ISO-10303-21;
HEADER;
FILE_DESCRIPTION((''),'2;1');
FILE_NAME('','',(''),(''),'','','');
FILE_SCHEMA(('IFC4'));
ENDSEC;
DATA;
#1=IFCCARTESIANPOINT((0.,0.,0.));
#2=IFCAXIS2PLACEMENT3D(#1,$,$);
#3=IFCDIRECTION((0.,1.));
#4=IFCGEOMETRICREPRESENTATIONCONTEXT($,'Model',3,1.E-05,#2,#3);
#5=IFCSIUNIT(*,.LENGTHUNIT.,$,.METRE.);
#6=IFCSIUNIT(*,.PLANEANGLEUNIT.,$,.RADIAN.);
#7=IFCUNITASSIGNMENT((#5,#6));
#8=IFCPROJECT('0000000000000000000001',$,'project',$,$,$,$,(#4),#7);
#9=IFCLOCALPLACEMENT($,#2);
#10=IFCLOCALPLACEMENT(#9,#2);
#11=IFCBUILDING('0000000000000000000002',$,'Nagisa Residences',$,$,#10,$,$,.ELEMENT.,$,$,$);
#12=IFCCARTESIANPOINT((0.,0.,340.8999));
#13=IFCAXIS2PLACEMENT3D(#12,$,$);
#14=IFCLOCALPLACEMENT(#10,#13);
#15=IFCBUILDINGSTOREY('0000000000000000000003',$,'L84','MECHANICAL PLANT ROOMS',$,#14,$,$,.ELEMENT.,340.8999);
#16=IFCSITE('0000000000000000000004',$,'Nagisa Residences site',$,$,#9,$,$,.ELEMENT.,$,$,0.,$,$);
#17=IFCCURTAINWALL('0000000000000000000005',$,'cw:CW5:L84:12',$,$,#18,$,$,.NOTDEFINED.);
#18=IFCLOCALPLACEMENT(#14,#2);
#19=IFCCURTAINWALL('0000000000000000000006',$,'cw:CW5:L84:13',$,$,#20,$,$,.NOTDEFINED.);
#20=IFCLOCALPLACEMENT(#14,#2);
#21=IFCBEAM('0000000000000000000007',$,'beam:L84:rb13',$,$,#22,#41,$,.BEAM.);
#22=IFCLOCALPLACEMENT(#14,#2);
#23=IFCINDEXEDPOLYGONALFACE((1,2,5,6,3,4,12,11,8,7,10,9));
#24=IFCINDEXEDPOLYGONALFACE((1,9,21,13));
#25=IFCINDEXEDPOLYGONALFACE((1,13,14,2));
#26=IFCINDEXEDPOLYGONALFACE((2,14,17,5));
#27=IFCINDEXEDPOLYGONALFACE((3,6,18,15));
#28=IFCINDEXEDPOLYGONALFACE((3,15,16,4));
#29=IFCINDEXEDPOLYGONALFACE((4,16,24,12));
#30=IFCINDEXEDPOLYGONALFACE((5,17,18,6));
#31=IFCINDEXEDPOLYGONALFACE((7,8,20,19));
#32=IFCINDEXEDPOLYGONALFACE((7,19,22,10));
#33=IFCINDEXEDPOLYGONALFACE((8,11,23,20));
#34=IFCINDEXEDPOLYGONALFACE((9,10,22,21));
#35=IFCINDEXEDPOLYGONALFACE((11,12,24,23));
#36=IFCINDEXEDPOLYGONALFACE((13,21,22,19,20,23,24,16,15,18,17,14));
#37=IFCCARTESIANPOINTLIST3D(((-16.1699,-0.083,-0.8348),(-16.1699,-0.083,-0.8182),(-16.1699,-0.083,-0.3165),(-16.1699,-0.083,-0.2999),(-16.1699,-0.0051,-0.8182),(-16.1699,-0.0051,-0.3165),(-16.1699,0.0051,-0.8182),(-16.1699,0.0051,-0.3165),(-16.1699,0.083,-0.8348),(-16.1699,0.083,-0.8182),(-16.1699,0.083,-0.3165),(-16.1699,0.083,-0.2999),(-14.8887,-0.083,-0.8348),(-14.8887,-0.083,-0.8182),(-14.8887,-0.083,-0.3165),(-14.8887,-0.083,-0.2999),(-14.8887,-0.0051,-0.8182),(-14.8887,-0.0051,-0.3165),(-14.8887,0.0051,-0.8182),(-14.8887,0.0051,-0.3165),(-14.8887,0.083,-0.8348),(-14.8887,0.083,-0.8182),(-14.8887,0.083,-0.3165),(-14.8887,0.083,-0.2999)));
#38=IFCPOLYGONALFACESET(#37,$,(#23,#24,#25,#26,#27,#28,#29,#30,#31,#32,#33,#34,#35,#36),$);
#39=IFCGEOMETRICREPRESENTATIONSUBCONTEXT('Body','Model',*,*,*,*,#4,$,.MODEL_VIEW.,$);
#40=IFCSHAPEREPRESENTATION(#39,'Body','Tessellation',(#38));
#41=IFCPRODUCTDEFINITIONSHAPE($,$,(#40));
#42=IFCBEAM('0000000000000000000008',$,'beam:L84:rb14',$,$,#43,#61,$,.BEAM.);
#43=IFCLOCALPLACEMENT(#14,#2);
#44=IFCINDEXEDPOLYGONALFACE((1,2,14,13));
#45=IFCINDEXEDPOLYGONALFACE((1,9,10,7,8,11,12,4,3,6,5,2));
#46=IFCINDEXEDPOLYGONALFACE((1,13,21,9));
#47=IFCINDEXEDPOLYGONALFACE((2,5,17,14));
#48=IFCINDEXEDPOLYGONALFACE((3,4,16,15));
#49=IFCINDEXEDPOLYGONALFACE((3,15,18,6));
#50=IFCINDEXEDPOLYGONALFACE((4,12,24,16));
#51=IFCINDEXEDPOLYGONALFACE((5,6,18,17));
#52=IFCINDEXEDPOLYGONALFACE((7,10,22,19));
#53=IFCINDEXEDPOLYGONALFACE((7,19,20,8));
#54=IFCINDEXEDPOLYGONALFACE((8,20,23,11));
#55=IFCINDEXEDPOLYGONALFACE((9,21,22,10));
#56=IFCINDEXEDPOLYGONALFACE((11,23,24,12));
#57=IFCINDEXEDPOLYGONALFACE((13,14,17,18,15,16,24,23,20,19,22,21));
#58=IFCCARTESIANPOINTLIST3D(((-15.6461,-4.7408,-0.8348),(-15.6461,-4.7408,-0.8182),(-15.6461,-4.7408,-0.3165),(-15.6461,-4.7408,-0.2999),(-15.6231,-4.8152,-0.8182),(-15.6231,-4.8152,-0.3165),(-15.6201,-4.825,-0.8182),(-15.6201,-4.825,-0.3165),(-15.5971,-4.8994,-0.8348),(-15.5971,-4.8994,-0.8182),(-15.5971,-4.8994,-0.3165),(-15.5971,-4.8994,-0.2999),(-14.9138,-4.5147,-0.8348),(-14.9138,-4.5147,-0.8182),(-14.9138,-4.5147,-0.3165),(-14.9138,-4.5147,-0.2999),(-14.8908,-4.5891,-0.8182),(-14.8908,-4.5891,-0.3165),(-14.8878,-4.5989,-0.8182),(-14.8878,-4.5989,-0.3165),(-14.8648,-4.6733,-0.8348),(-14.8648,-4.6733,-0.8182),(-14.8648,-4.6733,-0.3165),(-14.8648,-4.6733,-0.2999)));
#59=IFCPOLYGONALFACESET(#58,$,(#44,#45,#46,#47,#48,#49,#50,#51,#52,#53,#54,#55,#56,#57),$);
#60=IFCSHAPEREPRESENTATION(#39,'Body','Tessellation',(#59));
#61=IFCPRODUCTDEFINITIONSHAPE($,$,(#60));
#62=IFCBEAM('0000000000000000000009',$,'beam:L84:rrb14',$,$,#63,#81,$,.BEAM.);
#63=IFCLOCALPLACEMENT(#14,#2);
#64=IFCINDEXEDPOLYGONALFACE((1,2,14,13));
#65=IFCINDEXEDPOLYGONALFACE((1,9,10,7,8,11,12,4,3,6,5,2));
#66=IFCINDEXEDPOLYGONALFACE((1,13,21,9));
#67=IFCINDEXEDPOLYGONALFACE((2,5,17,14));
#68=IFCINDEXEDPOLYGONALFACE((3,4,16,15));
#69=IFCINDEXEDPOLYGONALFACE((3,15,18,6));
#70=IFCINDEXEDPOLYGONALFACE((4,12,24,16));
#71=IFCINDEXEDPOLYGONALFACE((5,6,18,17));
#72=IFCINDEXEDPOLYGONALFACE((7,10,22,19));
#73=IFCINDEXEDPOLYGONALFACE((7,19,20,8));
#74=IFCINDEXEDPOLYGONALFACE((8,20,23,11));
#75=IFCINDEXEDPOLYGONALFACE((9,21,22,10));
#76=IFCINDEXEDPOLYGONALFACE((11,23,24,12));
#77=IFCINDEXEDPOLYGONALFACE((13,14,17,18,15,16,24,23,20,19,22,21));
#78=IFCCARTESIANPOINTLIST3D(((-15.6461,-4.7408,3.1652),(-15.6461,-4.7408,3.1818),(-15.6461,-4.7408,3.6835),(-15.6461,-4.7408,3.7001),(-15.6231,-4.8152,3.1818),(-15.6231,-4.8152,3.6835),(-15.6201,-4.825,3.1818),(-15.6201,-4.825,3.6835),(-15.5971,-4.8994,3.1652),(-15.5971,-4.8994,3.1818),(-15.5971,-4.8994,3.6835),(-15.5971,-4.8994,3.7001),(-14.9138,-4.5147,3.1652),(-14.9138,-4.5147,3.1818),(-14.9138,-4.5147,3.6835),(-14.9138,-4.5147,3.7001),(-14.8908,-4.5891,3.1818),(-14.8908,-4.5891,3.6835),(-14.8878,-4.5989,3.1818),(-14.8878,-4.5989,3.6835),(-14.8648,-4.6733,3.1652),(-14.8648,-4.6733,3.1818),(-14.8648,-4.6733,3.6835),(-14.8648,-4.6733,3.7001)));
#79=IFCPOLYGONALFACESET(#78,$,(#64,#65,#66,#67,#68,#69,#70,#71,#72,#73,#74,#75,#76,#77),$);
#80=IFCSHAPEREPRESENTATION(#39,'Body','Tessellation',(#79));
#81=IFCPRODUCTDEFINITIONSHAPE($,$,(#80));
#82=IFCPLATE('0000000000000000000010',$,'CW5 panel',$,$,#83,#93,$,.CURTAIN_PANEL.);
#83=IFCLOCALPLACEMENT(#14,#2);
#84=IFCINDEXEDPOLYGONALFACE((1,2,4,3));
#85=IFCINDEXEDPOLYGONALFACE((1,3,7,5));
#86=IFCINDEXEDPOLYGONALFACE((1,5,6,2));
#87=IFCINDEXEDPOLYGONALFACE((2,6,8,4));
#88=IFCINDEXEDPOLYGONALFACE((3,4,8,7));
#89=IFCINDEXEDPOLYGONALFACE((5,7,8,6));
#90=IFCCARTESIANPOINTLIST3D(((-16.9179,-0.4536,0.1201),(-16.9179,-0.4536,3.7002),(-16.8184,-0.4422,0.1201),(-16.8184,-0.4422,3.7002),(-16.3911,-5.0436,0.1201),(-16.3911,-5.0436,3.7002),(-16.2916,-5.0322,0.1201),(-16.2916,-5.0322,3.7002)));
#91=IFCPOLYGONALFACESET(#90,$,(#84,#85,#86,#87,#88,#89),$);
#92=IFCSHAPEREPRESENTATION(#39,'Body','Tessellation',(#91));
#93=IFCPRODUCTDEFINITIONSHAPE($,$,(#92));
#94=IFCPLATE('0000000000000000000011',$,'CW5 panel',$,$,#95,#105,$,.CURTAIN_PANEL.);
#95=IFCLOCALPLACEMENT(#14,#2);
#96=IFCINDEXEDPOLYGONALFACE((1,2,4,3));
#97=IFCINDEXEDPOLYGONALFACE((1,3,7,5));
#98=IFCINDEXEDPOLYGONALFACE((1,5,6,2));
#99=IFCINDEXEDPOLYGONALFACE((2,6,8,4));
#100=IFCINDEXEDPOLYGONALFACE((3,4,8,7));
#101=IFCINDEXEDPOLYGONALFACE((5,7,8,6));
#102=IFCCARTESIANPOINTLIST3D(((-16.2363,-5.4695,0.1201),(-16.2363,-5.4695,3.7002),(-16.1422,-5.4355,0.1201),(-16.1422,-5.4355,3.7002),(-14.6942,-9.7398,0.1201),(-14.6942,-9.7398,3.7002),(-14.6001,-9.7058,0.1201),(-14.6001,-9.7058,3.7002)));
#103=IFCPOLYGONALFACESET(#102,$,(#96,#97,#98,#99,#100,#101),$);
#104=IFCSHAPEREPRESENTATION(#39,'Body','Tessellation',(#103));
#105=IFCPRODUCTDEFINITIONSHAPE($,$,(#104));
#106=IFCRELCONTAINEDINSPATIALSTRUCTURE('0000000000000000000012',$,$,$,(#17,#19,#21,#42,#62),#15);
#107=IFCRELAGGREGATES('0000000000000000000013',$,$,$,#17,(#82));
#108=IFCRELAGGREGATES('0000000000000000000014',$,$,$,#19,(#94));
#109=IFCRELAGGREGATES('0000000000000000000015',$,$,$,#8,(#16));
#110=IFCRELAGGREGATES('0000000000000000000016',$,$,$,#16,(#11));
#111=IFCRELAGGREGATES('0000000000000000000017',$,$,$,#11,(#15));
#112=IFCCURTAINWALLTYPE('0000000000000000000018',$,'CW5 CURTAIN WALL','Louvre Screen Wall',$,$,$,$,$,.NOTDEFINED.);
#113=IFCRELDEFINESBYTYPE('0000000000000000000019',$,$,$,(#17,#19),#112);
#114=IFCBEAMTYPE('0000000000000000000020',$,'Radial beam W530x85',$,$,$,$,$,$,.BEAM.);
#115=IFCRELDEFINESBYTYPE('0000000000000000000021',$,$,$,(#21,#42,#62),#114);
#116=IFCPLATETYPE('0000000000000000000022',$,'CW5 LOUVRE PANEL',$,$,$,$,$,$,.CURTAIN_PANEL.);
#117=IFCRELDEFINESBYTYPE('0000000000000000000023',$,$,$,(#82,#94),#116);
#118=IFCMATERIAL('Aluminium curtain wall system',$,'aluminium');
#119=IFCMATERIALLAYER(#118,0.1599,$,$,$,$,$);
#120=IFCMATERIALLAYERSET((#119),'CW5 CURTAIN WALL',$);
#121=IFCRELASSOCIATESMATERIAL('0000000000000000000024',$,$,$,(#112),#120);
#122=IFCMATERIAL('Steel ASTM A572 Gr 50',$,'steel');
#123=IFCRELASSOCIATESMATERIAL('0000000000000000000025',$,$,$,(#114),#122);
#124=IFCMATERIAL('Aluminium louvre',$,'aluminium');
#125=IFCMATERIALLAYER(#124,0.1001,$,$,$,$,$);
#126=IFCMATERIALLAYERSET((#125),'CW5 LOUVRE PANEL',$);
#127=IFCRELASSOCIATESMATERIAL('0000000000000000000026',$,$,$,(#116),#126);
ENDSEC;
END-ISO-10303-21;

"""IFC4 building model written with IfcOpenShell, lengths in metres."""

from ifc_helpers import new_model, si_unit, direction, frame, origin, origin_2d, place, context, subcontext, project, spatial, rectangle, i_section, extrude, material, layer, layer_set, material_profile, profile_set, type_object, element, aggregate, save


model = new_model("IFC4")

# Units and contexts
model_context = context("Model", 3, precision=1e-05, world=origin(), true_north=direction((0.0, 1.0)))
body_context = subcontext(model_context, "Body", "Model", "MODEL_VIEW")
ifc_project = project(units=[si_unit("LENGTHUNIT", "METRE"), si_unit("PLANEANGLEUNIT", "RADIAN")], contexts=[model_context])

# Site, building, storey
site_placement = place(None, origin())
site = spatial("IfcSite", under=ifc_project, at=site_placement, Name="Nagisa Residences site", CompositionType="ELEMENT", RefElevation=0.0)
building_placement = place(site_placement, origin())
building = spatial("IfcBuilding", under=site, at=building_placement, Name="Nagisa Residences", CompositionType="ELEMENT")
storey_placement = place(building_placement, frame((0.0, 0.0, 340.8999)))
storey = spatial("IfcBuildingStorey", under=building, at=storey_placement, Name="L84", Description="MECHANICAL PLANT ROOMS", CompositionType="ELEMENT", Elevation=340.8999)

# Curtain walls
ifc_material_1 = material(Name="Aluminium curtain wall system", Category="aluminium")
ifc_layer_1 = layer(ifc_material_1, 0.1599)
ifc_layer_set_1 = layer_set([ifc_layer_1], Name="CW5 CURTAIN WALL")
curtain_wall_type = type_object("IfcCurtainWallType", Name="CW5 CURTAIN WALL", Description="Louvre Screen Wall", PredefinedType="NOTDEFINED", material=ifc_layer_set_1)
curtain_wall_1_placement = place(storey_placement, origin())
curtain_wall_1 = element("IfcCurtainWall", 1, at=curtain_wall_1_placement, inside=storey, type_object=curtain_wall_type, Name="cw:CW5:L84:12", PredefinedType="NOTDEFINED")
curtain_wall_2_placement = place(storey_placement, origin())
curtain_wall_2 = element("IfcCurtainWall", 2, at=curtain_wall_2_placement, inside=storey, type_object=curtain_wall_type, Name="cw:CW5:L84:13", PredefinedType="NOTDEFINED")

# Beams
ifc_material_2 = material(Name="Steel ASTM A572 Gr 50", Category="steel")
ifc_material_profile_1 = material_profile(ifc_material_2, i_section(OverallWidth=0.166, OverallDepth=0.5349, WebThickness=0.0103, FlangeThickness=0.0166, at=origin_2d()), Name="W530x85")
ifc_profile_set_1 = profile_set([ifc_material_profile_1], Name="Steel ASTM A572 Gr 50")
beam_type_1 = type_object("IfcBeamType", Name="Radial beam W530x85", PredefinedType="BEAM", material=ifc_profile_set_1)
beam_1_placement = place(storey_placement, frame((-16.1699, 0.0, -0.5674), z_axis=(1.0, 0.0, 0.0), x_axis=(0.0, 1.0, 0.0)))
element("IfcBeam", 3, at=beam_1_placement, inside=storey, type_object=beam_type_1, Name="beam:L84:rb13", PredefinedType="BEAM", context=body_context, shape_type="SweptSolid", body=[
    extrude(i_section(OverallWidth=0.166, OverallDepth=0.5349, WebThickness=0.0103, FlangeThickness=0.0166, at=origin_2d()), origin(), (0.0, 0.0, 1.0), 1.2812),
])
for number, where, z_axis, x_axis, name in (
    (4, (-15.6216, -4.8201, -0.5674), (0.955489, 0.295026, 0.0), (-0.295026, 0.955489, 0.0), "beam:L84:rb14"),
    (5, (-15.6216, -4.8201, 3.4326), (0.955489, 0.295026, 0.0), (-0.295026, 0.955489, 0.0), "beam:L84:rrb14"),
):
    element("IfcBeam", number, at=place(storey_placement, frame(where, z_axis=z_axis, x_axis=x_axis)), inside=storey, type_object=beam_type_1, Name=name, PredefinedType="BEAM", context=body_context, shape_type="SweptSolid", body=[
        extrude(i_section(OverallWidth=0.166, OverallDepth=0.5349, WebThickness=0.0103, FlangeThickness=0.0166, at=origin_2d()), origin(), (0.0, 0.0, 1.0), 0.7664),
    ])

# Plates
ifc_material_3 = material(Name="Aluminium louvre", Category="aluminium")
ifc_layer_2 = layer(ifc_material_3, 0.1001)
ifc_layer_set_2 = layer_set([ifc_layer_2], Name="CW5 LOUVRE PANEL")
plate_type = type_object("IfcPlateType", Name="CW5 LOUVRE PANEL", PredefinedType="CURTAIN_PANEL", material=ifc_layer_set_2)
plate_1_placement = place(storey_placement, frame((-16.6047, -2.7429, 0.1201), z_axis=(0.0, 0.0, 1.0), x_axis=(0.114025, -0.993478, 0.0)))
plate_1 = element("IfcPlate", 6, at=plate_1_placement, type_object=plate_type, Name="CW5 panel", PredefinedType="CURTAIN_PANEL", context=body_context, shape_type="SweptSolid", body=[
    extrude(rectangle(XDim=4.6201, YDim=0.1001, at=origin_2d()), origin(), (0.0, 0.0, 1.0), 3.5801),
])
aggregate(curtain_wall_1, [plate_1])
plate_2_placement = place(storey_placement, frame((-15.4182, -7.5876, 0.1201), z_axis=(0.0, 0.0, 1.0), x_axis=(0.339643, -0.940554, 0.0)))
plate_2 = element("IfcPlate", 7, at=plate_2_placement, type_object=plate_type, Name="CW5 panel", PredefinedType="CURTAIN_PANEL", context=body_context, shape_type="SweptSolid", body=[
    extrude(rectangle(XDim=4.5403, YDim=0.1001, at=origin_2d()), origin(), (0.0, 0.0, 1.0), 3.5801),
])
aggregate(curtain_wall_2, [plate_2])

save(model, "model.ifc")
